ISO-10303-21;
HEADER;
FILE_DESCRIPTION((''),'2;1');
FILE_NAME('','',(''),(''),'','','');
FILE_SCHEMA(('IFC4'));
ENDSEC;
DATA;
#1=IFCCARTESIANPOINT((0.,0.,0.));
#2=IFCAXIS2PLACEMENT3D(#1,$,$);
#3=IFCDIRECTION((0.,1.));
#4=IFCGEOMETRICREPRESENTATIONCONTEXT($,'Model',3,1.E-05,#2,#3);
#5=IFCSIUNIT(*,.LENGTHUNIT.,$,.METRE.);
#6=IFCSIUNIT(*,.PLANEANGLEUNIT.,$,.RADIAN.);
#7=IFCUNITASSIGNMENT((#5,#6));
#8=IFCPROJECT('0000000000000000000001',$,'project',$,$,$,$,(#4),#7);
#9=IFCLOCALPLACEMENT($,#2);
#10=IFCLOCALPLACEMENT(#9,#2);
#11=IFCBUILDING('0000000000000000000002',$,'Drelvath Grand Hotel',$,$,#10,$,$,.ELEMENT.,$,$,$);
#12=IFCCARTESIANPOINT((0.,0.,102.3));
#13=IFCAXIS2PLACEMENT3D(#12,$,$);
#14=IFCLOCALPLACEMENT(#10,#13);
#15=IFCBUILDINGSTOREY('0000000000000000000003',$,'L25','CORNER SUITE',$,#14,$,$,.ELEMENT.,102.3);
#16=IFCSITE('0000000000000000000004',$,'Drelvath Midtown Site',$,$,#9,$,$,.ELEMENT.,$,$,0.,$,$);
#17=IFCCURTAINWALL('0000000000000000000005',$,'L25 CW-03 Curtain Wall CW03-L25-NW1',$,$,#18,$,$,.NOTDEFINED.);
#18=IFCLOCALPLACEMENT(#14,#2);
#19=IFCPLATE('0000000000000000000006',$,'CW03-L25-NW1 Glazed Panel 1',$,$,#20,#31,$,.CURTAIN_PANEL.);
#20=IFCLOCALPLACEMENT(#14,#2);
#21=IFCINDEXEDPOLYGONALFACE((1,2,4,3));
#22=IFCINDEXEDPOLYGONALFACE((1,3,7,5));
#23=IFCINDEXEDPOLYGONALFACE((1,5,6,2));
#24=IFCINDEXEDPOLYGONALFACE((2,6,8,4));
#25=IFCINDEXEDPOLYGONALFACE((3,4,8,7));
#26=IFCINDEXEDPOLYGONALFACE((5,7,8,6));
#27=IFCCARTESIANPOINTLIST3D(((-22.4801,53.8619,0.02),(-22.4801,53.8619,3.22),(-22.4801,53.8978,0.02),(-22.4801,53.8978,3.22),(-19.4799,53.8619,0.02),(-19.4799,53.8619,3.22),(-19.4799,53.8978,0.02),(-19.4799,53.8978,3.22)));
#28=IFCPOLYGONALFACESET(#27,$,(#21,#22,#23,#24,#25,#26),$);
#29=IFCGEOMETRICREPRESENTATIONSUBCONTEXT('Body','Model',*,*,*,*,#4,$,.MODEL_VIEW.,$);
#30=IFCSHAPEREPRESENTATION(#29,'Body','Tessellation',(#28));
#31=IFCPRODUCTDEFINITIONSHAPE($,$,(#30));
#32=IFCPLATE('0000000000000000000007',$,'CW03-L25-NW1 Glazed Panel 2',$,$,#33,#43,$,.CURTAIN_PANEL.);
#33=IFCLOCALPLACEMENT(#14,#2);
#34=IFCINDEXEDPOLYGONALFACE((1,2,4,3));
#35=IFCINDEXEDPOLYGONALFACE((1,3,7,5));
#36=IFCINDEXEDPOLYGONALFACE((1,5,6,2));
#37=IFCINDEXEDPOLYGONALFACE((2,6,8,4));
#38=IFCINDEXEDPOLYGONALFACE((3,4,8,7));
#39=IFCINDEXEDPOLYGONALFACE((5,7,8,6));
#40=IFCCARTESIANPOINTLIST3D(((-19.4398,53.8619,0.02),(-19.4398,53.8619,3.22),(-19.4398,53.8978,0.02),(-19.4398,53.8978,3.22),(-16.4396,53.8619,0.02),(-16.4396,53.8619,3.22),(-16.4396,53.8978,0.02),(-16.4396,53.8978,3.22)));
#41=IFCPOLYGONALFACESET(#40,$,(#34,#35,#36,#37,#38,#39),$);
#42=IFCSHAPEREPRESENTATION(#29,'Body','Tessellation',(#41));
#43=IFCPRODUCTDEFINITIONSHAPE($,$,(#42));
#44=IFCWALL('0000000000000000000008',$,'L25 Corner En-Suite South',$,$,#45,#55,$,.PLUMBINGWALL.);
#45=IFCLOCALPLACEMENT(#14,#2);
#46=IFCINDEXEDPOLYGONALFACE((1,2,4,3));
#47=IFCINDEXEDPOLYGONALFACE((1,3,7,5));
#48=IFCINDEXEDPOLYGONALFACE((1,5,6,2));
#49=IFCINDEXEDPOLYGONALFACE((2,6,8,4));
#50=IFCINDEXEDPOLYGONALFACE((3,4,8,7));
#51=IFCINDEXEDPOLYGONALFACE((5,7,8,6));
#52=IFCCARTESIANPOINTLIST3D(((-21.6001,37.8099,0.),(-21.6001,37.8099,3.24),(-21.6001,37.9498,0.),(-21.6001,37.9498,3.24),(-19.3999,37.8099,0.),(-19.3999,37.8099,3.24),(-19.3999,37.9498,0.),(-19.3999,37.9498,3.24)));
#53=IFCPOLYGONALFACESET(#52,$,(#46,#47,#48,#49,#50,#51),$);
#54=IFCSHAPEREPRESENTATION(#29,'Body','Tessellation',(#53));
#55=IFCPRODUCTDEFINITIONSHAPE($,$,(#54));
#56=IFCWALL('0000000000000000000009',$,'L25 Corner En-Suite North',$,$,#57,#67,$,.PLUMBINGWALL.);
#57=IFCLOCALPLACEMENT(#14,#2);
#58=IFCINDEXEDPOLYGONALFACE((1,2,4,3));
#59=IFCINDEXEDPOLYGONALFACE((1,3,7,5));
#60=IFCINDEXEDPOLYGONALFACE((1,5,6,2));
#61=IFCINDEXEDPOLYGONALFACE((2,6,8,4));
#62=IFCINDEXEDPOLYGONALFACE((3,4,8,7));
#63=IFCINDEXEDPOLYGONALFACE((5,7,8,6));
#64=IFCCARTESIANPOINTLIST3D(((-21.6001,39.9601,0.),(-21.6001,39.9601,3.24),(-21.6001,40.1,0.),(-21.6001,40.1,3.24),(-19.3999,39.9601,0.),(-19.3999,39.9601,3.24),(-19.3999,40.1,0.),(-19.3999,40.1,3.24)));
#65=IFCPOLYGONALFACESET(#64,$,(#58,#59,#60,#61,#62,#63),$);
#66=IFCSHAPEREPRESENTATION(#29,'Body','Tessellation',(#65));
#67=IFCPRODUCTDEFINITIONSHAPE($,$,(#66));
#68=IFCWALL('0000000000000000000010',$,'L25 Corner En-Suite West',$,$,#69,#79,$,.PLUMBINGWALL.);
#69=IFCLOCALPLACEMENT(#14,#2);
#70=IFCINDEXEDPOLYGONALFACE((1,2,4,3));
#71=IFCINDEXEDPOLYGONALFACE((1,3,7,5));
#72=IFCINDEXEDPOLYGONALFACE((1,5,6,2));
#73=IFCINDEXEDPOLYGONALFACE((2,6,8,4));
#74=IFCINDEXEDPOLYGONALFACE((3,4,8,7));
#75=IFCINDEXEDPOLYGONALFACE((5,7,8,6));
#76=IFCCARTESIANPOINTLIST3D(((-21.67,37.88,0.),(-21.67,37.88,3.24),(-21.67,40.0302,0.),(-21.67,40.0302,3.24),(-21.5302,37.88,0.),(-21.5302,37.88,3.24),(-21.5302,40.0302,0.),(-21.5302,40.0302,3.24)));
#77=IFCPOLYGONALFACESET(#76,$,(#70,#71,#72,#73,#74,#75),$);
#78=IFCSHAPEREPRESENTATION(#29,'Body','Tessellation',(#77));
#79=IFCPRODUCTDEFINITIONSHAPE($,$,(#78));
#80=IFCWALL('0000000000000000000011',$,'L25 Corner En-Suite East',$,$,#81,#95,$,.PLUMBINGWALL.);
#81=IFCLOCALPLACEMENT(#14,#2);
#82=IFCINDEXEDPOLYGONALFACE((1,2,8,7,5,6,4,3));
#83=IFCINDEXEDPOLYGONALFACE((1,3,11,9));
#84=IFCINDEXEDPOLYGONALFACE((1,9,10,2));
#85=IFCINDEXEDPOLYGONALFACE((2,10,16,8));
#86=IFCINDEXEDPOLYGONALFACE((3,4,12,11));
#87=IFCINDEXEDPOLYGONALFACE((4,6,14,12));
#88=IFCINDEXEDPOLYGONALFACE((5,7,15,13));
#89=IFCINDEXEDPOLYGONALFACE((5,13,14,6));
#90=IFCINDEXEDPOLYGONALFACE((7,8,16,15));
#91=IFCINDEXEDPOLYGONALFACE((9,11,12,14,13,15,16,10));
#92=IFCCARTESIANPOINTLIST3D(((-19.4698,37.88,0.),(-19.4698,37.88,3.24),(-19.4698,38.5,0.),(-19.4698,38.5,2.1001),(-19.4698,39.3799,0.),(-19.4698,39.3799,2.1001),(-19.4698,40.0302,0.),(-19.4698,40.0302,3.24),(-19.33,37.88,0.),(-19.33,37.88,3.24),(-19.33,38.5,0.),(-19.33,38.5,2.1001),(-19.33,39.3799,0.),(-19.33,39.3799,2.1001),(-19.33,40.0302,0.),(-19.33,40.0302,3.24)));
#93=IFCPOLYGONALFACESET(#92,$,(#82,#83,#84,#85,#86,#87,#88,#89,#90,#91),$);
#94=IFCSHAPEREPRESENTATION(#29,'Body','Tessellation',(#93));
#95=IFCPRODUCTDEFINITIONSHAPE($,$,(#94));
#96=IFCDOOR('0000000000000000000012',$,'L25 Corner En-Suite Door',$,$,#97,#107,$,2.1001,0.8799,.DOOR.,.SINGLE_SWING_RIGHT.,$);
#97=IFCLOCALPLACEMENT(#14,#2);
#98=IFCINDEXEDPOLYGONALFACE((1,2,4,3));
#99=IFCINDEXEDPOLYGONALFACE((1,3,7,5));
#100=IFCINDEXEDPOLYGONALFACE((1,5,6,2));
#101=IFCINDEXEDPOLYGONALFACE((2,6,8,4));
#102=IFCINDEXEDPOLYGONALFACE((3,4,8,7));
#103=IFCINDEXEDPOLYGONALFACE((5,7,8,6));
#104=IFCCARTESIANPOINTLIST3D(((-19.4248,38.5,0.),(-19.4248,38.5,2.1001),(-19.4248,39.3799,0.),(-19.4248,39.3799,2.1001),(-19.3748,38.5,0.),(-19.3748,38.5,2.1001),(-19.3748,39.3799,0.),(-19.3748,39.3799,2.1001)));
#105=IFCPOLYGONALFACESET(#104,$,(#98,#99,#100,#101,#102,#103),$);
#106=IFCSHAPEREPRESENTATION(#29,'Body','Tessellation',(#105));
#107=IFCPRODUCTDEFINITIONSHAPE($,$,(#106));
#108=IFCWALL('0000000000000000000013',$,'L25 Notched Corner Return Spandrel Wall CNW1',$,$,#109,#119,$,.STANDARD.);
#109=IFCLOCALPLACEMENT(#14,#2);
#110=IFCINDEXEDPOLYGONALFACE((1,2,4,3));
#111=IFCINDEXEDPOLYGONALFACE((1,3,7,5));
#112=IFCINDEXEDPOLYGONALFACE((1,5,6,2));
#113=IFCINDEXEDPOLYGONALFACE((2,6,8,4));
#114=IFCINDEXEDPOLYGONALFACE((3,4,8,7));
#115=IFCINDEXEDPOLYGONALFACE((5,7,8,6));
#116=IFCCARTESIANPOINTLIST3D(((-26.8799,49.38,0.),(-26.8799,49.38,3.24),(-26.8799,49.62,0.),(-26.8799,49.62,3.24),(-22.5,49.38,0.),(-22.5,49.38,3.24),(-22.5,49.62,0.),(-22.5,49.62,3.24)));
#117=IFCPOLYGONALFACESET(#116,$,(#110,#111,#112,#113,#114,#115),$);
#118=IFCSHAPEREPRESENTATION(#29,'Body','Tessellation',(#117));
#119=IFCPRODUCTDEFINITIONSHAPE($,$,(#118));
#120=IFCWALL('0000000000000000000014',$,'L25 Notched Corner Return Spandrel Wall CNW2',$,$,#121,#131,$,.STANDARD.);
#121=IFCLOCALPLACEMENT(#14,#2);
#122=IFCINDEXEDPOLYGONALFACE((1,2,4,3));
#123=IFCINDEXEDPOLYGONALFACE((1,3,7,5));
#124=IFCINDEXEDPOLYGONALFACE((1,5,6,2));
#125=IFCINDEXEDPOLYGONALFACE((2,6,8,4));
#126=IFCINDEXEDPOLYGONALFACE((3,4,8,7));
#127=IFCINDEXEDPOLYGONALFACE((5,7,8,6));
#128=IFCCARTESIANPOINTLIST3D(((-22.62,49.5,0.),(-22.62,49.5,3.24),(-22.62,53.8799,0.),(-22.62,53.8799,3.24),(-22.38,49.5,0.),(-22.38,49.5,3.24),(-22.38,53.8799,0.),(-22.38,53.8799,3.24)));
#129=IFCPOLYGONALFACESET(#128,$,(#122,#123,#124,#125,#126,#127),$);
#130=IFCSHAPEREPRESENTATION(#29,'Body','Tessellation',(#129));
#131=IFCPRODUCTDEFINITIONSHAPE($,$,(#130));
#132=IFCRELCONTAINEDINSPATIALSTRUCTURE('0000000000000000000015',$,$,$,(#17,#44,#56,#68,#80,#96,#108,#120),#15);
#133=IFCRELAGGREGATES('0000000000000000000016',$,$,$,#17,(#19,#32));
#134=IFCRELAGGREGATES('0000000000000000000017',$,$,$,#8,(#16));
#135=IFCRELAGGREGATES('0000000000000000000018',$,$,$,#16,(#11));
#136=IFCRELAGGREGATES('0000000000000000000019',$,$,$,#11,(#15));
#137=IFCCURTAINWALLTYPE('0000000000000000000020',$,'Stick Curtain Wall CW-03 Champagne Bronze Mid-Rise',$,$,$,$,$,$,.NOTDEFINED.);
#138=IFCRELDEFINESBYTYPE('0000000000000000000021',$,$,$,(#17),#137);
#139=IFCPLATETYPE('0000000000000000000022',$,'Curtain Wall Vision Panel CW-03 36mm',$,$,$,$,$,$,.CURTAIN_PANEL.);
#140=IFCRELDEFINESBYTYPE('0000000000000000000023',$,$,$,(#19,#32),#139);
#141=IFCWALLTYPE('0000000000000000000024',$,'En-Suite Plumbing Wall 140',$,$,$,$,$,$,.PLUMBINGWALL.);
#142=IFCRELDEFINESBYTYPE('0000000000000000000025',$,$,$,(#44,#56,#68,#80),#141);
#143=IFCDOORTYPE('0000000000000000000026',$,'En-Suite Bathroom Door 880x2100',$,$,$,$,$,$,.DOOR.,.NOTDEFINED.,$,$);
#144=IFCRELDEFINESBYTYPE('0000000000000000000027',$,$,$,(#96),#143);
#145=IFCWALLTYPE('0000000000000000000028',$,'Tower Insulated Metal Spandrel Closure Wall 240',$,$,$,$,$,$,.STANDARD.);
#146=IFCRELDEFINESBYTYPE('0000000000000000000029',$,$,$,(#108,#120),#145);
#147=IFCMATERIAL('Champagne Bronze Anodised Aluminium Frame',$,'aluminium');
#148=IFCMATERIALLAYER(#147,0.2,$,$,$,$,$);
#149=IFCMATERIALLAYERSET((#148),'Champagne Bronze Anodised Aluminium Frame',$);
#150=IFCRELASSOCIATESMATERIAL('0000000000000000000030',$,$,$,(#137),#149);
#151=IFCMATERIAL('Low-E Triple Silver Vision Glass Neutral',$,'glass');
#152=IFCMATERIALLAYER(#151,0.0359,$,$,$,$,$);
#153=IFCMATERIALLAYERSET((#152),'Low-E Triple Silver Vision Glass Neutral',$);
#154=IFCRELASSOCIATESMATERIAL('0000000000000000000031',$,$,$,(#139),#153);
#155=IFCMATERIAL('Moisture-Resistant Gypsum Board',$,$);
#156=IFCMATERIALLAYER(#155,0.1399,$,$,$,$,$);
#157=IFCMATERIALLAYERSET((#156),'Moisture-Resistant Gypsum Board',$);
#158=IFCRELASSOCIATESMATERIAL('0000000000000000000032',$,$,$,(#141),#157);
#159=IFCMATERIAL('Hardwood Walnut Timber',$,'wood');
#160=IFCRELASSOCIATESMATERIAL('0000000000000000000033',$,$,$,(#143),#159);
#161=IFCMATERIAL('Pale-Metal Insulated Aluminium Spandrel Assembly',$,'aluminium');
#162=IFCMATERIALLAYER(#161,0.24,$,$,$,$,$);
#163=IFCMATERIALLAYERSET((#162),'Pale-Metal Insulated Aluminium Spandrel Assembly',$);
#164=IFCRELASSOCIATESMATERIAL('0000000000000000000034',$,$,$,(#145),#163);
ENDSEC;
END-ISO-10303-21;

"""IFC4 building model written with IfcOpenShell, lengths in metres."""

from ifc_helpers import new_model, si_unit, direction, frame, frame_2d, origin, origin_2d, place, context, subcontext, project, spatial, rectangle, extrude, material, layer, layer_set, type_object, element, fill, aggregate, save


model = new_model("IFC4")

# Units and contexts
model_context = context("Model", 3, precision=1e-05, world=origin(), true_north=direction((0.0, 1.0)))
body_context = subcontext(model_context, "Body", "Model", "MODEL_VIEW")
ifc_project = project(units=[si_unit("LENGTHUNIT", "METRE"), si_unit("PLANEANGLEUNIT", "RADIAN")], contexts=[model_context])

# Site, building, storey
site_placement = place(None, origin())
site = spatial("IfcSite", under=ifc_project, at=site_placement, Name="Drelvath Midtown Site", CompositionType="ELEMENT", RefElevation=0.0)
building_placement = place(site_placement, origin())
building = spatial("IfcBuilding", under=site, at=building_placement, Name="Drelvath Grand Hotel", CompositionType="ELEMENT")
storey_placement = place(building_placement, frame((0.0, 0.0, 102.3)))
storey = spatial("IfcBuildingStorey", under=building, at=storey_placement, Name="L25", Description="CORNER SUITE", CompositionType="ELEMENT", Elevation=102.3)

# Curtain wall
ifc_material_1 = material(Name="Champagne Bronze Anodised Aluminium Frame", Category="aluminium")
ifc_layer_1 = layer(ifc_material_1, 0.2)
ifc_layer_set_1 = layer_set([ifc_layer_1], Name="Champagne Bronze Anodised Aluminium Frame")
curtain_wall_type = type_object("IfcCurtainWallType", Name="Stick Curtain Wall CW-03 Champagne Bronze Mid-Rise", PredefinedType="NOTDEFINED", material=ifc_layer_set_1)
curtain_wall_1_placement = place(storey_placement, origin())
curtain_wall_1 = element("IfcCurtainWall", 1, at=curtain_wall_1_placement, inside=storey, type_object=curtain_wall_type, Name="L25 CW-03 Curtain Wall CW03-L25-NW1", PredefinedType="NOTDEFINED")

# Plates
ifc_material_2 = material(Name="Low-E Triple Silver Vision Glass Neutral", Category="glass")
ifc_layer_2 = layer(ifc_material_2, 0.0359)
ifc_layer_set_2 = layer_set([ifc_layer_2], Name="Low-E Triple Silver Vision Glass Neutral")
plate_type = type_object("IfcPlateType", Name="Curtain Wall Vision Panel CW-03 36mm", PredefinedType="CURTAIN_PANEL", material=ifc_layer_set_2)
plate_1_placement = place(storey_placement, frame((-20.98, 53.8799, 0.02), z_axis=(0.0, 0.0, 1.0), x_axis=(1.0, 0.0, 0.0)))
plate_1 = element("IfcPlate", 2, at=plate_1_placement, type_object=plate_type, Name="CW03-L25-NW1 Glazed Panel 1", PredefinedType="CURTAIN_PANEL", context=body_context, shape_type="SweptSolid", body=[
    extrude(rectangle(XDim=3.0002, YDim=0.0359, at=origin_2d()), origin(), (0.0, 0.0, 1.0), 3.2),
])
plate_2_placement = place(storey_placement, frame((-17.9397, 53.8799, 0.02), z_axis=(0.0, 0.0, 1.0), x_axis=(1.0, 0.0, 0.0)))
plate_2 = element("IfcPlate", 3, at=plate_2_placement, type_object=plate_type, Name="CW03-L25-NW1 Glazed Panel 2", PredefinedType="CURTAIN_PANEL", context=body_context, shape_type="SweptSolid", body=[
    extrude(rectangle(XDim=3.0002, YDim=0.0359, at=origin_2d()), origin(), (0.0, 0.0, 1.0), 3.2),
])
aggregate(curtain_wall_1, [plate_1, plate_2])

# Walls
ifc_material_3 = material(Name="Moisture-Resistant Gypsum Board")
ifc_layer_3 = layer(ifc_material_3, 0.1399)
ifc_layer_set_3 = layer_set([ifc_layer_3], Name="Moisture-Resistant Gypsum Board")
wall_type_1 = type_object("IfcWallType", Name="En-Suite Plumbing Wall 140", PredefinedType="PLUMBINGWALL", material=ifc_layer_set_3)
for number, where, z_axis, x_axis, name in (
    (4, (-21.6001, 37.8799, 0.0), (0.0, 0.0, 1.0), (1.0, 0.0, 0.0), "L25 Corner En-Suite South"),
    (5, (-21.6001, 40.03, 0.0), (0.0, 0.0, 1.0), (1.0, 0.0, 0.0), "L25 Corner En-Suite North"),
):
    element("IfcWall", number, at=place(storey_placement, frame(where, z_axis=z_axis, x_axis=x_axis)), inside=storey, type_object=wall_type_1, Name=name, PredefinedType="PLUMBINGWALL", context=body_context, shape_type="SweptSolid", body=[
        extrude(rectangle(XDim=2.2002, YDim=0.1399, at=frame_2d((1.1001, 0.0))), origin(), (0.0, 0.0, 1.0), 3.24),
    ])
wall_1_placement = place(storey_placement, frame((-21.6001, 37.8799, 0.0), z_axis=(0.0, 0.0, 1.0), x_axis=(0.0, 1.0, 0.0)))
element("IfcWall", 6, at=wall_1_placement, inside=storey, type_object=wall_type_1, Name="L25 Corner En-Suite West", PredefinedType="PLUMBINGWALL", context=body_context, shape_type="SweptSolid", body=[
    extrude(rectangle(XDim=2.1501, YDim=0.1399, at=frame_2d((1.0752, 0.0))), origin(), (0.0, 0.0, 1.0), 3.24),
])

# Wall, opening, door
wall_2_placement = place(storey_placement, frame((-19.3999, 37.8799, 0.0), z_axis=(0.0, 0.0, 1.0), x_axis=(0.0, 1.0, 0.0)))
wall_2 = element("IfcWall", 7, at=wall_2_placement, inside=storey, type_object=wall_type_1, Name="L25 Corner En-Suite East", PredefinedType="PLUMBINGWALL", context=body_context, shape_type="SweptSolid", body=[
    extrude(rectangle(XDim=2.1501, YDim=0.1399, at=frame_2d((1.0752, 0.0))), origin(), (0.0, 0.0, 1.0), 3.24),
])
opening_placement = place(wall_2_placement, frame((0.6201, 0.0, 0.0)))
opening = element("IfcOpeningElement", 8, at=opening_placement, cuts=wall_2, PredefinedType="OPENING", context=body_context, shape_type="SweptSolid", body=[
    extrude(rectangle(XDim=0.8799, YDim=2.1001, at=frame_2d((0.4399, 1.05))), frame((0.0, 0.0798, 0.0), z_axis=(0.0, -1.0, 0.0), x_axis=(1.0, 0.0, 0.0)), (0.0, 0.0, 1.0), 0.1599),
])
ifc_material_4 = material(Name="Hardwood Walnut Timber", Category="wood")
door_type = type_object("IfcDoorType", Name="En-Suite Bathroom Door 880x2100", OperationType="NOTDEFINED", PredefinedType="DOOR", material=ifc_material_4)
door_placement = place(opening_placement, origin())
door = element("IfcDoor", 9, at=door_placement, inside=storey, type_object=door_type, Name="L25 Corner En-Suite Door", OperationType="SINGLE_SWING_RIGHT", OverallHeight=2.1001, OverallWidth=0.8799, PredefinedType="DOOR", context=body_context, shape_type="SweptSolid", body=[
    extrude(rectangle(XDim=0.8799, YDim=2.1001, at=frame_2d((0.4399, 1.05))), frame((0.0, 0.0249, 0.0), z_axis=(0.0, -1.0, 0.0), x_axis=(1.0, 0.0, 0.0)), (0.0, 0.0, 1.0), 0.05),
])
fill(opening, door)

# Walls
ifc_material_5 = material(Name="Pale-Metal Insulated Aluminium Spandrel Assembly", Category="aluminium")
ifc_layer_4 = layer(ifc_material_5, 0.24)
ifc_layer_set_4 = layer_set([ifc_layer_4], Name="Pale-Metal Insulated Aluminium Spandrel Assembly")
wall_type_2 = type_object("IfcWallType", Name="Tower Insulated Metal Spandrel Closure Wall 240", PredefinedType="STANDARD", material=ifc_layer_set_4)
for number, where, z_axis, x_axis, name in (
    (10, (-26.8799, 49.5, 0.0), (0.0, 0.0, 1.0), (1.0, 0.0, 0.0), "L25 Notched Corner Return Spandrel Wall CNW1"),
    (11, (-22.5, 49.5, 0.0), (0.0, 0.0, 1.0), (0.0, 1.0, 0.0), "L25 Notched Corner Return Spandrel Wall CNW2"),
):
    element("IfcWall", number, at=place(storey_placement, frame(where, z_axis=z_axis, x_axis=x_axis)), inside=storey, type_object=wall_type_2, Name=name, PredefinedType="STANDARD", context=body_context, shape_type="SweptSolid", body=[
        extrude(rectangle(XDim=4.3799, YDim=0.24, at=frame_2d((2.1899, 0.0))), origin(), (0.0, 0.0, 1.0), 3.24),
    ])

save(model, "model.ifc")
